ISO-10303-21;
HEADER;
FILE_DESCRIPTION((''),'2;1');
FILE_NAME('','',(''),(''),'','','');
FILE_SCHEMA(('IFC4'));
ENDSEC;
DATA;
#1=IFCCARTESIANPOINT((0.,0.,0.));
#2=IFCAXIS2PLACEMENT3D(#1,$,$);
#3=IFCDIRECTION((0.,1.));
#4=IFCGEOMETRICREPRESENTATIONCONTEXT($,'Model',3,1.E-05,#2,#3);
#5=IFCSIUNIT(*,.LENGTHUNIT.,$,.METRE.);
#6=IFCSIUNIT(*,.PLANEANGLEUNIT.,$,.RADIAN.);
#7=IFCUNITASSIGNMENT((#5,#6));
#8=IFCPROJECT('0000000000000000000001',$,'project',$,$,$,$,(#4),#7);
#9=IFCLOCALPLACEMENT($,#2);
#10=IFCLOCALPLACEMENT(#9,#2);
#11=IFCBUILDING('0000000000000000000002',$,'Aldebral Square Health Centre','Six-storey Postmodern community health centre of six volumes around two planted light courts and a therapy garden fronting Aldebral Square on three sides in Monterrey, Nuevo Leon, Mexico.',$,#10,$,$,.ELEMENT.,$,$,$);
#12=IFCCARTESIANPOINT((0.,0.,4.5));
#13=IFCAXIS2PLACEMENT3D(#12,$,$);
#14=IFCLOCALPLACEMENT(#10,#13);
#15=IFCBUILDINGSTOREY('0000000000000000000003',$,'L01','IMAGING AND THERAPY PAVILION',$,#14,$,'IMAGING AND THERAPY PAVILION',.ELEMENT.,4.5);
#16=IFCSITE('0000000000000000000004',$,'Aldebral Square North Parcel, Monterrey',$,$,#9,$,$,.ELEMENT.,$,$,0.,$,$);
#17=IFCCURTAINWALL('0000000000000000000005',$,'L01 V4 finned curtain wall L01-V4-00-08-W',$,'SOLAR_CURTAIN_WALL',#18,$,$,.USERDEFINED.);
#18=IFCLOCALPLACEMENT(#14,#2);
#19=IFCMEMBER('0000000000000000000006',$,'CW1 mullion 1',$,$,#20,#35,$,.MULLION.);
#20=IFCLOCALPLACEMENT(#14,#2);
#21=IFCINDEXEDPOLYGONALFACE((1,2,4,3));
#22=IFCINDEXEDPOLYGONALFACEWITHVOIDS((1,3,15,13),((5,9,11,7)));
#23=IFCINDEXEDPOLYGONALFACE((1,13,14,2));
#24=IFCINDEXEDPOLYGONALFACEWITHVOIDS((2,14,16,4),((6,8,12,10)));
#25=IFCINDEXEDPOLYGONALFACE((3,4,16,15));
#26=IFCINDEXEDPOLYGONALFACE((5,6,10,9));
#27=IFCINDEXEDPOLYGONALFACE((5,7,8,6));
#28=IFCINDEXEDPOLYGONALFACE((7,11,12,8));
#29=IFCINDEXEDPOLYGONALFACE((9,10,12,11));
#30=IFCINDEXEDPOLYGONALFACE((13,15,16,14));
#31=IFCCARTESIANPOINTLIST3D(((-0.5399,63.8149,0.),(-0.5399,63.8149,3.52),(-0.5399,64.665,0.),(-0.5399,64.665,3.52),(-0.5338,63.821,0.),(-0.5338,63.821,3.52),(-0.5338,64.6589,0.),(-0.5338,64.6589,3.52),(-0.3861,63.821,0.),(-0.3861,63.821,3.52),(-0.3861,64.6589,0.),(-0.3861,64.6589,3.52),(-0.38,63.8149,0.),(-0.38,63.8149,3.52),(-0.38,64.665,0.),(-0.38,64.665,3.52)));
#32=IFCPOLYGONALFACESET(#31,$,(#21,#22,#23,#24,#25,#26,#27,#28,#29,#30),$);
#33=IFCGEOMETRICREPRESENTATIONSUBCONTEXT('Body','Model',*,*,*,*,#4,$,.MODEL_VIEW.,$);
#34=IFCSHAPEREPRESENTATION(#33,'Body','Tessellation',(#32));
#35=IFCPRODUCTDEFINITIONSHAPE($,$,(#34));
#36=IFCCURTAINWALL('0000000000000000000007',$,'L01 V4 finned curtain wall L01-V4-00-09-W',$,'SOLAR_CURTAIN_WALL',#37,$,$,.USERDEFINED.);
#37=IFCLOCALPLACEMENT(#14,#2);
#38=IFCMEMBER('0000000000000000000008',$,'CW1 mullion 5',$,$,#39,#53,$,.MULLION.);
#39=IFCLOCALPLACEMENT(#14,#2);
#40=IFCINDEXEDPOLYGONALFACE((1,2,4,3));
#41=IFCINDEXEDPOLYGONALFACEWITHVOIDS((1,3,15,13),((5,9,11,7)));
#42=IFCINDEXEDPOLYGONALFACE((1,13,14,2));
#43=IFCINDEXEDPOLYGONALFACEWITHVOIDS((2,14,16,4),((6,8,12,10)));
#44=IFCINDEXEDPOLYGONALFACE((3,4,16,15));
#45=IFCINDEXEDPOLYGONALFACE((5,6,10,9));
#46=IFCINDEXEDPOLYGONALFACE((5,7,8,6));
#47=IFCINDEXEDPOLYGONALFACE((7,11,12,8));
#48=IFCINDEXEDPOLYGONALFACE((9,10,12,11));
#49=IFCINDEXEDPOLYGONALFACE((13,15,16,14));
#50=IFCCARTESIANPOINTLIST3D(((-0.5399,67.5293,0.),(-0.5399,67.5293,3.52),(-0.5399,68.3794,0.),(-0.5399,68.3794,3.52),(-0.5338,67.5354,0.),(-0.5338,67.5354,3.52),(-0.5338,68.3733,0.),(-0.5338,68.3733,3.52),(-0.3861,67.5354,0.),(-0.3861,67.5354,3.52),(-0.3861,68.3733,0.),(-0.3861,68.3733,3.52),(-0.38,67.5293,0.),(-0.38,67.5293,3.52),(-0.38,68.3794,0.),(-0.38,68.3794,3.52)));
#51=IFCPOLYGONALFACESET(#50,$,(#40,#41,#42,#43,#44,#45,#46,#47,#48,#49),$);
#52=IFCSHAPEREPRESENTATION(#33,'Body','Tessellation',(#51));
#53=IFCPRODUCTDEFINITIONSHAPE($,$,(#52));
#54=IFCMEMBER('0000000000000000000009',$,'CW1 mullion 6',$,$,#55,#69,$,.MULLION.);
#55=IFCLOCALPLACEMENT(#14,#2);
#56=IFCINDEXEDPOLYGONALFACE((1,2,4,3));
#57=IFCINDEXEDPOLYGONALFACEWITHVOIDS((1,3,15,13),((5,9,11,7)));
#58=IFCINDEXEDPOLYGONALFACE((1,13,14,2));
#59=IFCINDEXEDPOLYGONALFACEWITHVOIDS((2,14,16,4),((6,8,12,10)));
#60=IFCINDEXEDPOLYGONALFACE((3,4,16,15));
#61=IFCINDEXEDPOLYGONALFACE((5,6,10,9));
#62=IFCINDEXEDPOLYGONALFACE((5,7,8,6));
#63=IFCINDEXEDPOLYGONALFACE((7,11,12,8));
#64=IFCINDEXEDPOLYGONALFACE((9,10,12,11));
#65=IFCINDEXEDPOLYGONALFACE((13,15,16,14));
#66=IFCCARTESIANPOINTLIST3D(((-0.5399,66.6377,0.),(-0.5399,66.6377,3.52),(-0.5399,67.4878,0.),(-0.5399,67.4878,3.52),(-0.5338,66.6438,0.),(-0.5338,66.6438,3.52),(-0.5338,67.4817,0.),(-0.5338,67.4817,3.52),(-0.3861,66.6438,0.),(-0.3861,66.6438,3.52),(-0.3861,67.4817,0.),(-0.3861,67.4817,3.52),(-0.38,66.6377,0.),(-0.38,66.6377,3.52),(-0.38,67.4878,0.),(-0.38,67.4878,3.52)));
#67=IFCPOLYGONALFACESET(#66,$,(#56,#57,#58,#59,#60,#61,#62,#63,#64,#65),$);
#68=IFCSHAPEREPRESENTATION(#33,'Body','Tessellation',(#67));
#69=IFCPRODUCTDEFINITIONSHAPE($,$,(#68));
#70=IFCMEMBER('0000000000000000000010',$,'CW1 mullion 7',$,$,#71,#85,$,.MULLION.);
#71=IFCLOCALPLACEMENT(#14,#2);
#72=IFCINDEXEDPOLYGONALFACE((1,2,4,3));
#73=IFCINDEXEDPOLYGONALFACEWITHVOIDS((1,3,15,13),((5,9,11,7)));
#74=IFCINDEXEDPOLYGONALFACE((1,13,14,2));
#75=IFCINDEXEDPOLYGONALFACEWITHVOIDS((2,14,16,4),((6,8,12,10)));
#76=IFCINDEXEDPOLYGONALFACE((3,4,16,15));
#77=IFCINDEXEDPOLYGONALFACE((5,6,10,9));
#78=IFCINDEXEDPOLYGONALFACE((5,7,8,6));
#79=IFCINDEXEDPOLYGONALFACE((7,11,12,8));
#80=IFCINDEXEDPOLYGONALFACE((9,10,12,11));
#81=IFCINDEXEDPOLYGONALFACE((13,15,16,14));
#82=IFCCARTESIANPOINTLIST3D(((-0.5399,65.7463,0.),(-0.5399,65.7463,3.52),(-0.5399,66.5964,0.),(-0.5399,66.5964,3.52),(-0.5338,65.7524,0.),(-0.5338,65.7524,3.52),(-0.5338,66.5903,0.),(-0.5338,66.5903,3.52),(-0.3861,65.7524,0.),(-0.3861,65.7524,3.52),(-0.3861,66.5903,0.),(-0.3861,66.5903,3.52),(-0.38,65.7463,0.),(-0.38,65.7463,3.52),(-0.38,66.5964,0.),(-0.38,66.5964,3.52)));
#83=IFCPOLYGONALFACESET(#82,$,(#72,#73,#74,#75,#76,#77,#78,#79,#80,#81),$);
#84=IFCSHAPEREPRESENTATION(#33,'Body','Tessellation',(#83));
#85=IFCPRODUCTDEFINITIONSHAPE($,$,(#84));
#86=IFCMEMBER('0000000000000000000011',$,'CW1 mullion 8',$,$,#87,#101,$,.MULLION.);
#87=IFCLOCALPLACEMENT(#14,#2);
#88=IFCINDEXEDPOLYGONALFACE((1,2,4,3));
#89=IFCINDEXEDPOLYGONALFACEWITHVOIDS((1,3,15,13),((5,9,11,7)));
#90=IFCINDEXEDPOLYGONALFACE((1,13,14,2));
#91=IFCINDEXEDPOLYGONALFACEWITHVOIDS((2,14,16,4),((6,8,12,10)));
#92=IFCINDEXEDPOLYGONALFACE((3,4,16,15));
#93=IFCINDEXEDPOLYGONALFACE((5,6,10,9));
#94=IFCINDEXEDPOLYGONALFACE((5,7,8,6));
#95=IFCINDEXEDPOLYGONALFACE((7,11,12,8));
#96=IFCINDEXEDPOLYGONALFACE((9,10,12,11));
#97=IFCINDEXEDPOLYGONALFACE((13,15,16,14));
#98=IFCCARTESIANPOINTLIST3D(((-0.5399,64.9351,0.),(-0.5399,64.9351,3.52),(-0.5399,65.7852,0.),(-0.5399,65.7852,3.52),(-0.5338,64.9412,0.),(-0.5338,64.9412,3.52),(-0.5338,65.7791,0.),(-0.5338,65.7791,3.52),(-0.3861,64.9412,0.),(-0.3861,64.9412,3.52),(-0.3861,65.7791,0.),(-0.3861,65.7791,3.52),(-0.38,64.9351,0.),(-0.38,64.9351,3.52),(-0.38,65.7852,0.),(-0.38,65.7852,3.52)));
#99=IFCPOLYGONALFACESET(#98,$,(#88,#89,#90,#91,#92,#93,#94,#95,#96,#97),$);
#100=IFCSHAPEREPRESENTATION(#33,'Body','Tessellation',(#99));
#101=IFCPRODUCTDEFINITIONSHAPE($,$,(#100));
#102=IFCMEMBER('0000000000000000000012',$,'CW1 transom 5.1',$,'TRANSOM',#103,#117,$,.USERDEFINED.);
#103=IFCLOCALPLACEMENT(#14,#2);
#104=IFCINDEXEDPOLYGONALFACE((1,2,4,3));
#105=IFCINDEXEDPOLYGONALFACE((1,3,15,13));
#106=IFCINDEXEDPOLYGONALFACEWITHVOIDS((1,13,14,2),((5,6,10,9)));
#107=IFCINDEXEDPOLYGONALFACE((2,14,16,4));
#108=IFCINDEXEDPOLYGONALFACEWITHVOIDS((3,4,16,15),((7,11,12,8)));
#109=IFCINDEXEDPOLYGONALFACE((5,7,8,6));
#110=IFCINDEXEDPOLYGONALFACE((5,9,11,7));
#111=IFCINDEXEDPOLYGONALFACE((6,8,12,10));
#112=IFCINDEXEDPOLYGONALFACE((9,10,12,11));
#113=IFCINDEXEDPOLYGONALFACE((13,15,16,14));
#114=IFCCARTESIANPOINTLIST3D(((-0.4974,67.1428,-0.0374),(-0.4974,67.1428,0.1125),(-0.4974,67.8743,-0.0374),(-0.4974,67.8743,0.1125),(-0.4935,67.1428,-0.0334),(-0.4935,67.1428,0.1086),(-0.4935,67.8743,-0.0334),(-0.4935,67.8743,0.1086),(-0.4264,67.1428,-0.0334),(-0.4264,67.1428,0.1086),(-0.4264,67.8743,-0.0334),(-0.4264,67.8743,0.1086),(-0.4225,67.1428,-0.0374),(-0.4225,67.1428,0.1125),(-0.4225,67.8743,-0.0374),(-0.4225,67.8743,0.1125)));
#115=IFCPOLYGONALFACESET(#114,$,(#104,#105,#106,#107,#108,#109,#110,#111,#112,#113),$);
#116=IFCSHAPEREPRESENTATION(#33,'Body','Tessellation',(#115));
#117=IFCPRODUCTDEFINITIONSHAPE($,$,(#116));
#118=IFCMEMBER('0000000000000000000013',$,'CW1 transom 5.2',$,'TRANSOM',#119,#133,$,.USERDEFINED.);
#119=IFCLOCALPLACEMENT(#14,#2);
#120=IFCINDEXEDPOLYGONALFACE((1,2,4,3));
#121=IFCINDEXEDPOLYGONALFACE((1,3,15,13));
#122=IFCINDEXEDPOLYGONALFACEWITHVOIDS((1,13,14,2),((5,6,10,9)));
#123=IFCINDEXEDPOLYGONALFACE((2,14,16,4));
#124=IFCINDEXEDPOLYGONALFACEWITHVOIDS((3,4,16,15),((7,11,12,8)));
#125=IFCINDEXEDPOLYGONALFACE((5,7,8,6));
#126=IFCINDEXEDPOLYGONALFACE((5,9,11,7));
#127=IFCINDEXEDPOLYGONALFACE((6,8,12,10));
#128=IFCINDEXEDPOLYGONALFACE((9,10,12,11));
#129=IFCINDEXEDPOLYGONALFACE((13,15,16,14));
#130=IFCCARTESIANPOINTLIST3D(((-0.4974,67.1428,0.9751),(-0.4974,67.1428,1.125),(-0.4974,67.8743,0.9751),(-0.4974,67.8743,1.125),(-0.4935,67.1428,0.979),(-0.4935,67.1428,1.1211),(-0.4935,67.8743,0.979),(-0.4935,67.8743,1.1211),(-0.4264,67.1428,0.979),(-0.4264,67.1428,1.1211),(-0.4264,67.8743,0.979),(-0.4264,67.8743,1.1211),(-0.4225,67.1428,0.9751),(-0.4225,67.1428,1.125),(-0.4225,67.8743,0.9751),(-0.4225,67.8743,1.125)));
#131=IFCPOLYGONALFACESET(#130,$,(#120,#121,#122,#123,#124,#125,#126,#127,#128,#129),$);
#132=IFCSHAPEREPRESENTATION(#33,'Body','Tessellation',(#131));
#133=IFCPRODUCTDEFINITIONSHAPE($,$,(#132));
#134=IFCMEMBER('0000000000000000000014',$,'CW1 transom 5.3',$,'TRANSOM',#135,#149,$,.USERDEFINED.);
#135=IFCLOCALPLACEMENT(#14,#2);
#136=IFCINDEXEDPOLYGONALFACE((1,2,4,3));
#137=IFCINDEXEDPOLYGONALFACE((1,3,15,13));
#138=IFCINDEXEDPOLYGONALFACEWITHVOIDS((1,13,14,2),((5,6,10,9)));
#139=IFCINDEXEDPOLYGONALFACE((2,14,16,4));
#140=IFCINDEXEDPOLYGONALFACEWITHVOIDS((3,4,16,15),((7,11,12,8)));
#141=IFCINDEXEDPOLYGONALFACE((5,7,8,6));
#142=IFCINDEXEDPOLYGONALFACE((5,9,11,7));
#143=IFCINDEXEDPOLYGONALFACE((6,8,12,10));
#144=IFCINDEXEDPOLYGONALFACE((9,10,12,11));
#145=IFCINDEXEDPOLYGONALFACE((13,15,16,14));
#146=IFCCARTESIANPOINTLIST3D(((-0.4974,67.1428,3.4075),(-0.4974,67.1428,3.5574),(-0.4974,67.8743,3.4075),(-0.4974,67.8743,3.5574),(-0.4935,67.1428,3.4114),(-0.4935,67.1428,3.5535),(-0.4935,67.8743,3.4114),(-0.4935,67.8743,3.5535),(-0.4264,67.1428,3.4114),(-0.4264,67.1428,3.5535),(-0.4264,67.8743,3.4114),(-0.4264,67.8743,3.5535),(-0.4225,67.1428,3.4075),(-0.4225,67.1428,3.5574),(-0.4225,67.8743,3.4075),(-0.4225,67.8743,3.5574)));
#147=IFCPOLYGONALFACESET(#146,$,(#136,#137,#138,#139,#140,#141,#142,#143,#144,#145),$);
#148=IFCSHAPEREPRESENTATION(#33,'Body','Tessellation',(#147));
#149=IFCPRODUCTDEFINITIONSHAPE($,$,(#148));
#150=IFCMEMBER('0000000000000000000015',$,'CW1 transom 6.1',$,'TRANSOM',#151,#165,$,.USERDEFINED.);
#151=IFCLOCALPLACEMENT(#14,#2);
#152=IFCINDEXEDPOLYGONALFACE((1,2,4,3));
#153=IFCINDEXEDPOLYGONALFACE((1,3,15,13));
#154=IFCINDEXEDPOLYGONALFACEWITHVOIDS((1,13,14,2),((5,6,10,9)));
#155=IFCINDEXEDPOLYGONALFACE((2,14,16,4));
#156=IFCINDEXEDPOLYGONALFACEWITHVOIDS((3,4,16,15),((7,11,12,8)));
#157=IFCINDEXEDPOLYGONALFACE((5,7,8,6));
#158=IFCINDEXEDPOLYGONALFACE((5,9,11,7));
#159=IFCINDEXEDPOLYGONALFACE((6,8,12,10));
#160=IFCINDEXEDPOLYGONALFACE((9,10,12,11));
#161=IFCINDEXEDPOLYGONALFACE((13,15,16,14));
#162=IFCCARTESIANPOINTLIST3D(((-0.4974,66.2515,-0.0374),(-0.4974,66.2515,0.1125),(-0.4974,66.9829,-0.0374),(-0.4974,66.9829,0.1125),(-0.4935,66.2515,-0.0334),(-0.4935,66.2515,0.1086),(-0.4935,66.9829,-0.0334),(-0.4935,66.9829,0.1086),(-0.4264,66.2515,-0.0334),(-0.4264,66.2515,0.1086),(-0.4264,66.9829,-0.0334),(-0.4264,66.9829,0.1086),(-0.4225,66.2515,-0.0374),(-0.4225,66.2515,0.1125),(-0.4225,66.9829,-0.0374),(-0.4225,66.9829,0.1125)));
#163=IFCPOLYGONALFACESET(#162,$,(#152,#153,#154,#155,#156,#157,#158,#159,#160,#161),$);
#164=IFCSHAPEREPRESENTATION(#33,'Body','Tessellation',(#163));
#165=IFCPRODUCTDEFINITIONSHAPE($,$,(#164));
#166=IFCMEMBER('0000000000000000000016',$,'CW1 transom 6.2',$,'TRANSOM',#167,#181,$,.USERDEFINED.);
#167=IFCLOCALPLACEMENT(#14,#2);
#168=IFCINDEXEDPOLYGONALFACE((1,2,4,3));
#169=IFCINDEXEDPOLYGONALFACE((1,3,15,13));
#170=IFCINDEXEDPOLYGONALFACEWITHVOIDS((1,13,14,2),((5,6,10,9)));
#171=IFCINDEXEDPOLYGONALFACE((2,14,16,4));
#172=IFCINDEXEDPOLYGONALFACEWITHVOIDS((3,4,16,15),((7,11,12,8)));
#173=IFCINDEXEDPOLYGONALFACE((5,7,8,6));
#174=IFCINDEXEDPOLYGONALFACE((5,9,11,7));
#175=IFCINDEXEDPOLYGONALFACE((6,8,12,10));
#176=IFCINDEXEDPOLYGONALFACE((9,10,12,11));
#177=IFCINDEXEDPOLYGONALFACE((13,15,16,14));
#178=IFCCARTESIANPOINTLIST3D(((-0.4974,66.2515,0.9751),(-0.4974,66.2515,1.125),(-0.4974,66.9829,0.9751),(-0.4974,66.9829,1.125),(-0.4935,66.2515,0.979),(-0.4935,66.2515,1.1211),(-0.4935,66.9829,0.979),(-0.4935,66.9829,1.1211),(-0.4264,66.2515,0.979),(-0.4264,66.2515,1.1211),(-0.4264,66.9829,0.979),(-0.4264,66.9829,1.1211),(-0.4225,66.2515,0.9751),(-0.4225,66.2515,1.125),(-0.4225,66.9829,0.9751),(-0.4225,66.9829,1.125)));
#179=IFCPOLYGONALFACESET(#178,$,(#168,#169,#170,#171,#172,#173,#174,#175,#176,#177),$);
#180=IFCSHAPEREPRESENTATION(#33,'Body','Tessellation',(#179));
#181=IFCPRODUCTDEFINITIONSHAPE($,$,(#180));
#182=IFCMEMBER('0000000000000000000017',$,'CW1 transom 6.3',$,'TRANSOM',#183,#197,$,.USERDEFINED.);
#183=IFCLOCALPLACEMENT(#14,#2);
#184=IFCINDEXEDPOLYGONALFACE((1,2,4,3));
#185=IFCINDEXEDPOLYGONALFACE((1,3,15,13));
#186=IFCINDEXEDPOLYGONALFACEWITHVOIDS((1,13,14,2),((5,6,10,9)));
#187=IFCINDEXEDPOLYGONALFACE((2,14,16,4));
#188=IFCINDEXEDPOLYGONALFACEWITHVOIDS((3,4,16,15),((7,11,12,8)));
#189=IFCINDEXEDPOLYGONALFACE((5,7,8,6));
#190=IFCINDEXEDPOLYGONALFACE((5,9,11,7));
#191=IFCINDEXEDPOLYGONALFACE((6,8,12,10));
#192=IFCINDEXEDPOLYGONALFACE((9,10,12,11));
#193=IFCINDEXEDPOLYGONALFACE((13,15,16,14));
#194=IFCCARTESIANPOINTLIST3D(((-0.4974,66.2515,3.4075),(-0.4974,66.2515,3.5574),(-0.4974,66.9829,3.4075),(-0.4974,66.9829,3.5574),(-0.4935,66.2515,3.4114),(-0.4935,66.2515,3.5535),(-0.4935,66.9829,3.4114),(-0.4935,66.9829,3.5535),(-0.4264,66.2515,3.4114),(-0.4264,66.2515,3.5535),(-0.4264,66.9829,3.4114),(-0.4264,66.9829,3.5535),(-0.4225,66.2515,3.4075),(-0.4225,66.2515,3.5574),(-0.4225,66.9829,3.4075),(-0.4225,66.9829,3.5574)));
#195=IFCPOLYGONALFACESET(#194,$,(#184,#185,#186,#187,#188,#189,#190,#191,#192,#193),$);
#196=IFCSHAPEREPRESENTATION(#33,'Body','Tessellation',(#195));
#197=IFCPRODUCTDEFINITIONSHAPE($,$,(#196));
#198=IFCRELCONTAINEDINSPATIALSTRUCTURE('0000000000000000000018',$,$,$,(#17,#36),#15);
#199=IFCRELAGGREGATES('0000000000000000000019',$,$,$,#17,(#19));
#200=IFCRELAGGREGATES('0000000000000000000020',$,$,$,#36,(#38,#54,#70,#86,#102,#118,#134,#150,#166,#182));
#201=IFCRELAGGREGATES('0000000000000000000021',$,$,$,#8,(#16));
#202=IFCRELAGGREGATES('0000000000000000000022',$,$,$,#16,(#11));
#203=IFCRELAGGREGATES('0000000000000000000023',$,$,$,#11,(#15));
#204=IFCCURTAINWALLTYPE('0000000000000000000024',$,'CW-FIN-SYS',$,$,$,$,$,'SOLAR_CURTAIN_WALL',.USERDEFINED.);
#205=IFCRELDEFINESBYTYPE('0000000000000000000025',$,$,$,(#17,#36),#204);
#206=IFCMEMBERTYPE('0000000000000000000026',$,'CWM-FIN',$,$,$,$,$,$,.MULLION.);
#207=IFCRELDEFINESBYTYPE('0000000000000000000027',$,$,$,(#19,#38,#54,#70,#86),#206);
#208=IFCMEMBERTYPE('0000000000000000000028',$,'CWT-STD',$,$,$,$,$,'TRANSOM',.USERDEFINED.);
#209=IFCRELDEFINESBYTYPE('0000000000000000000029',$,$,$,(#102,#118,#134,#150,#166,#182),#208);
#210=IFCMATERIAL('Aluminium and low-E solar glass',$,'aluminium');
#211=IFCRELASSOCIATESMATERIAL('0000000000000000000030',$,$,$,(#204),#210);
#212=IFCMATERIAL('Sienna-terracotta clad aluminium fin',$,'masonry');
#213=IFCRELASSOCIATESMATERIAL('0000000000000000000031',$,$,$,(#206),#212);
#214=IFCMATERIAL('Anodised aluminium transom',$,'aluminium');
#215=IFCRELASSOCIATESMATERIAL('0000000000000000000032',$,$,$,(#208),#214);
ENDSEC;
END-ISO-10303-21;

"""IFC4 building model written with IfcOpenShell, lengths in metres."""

from ifc_helpers import new_model, si_unit, direction, frame, origin, origin_2d, place, context, subcontext, project, spatial, hollow_rectangle, extrude, material, material_profile, profile_set, type_object, element, aggregate, save


model = new_model("IFC4")

# Units and contexts
model_context = context("Model", 3, precision=1e-05, world=origin(), true_north=direction((0.0, 1.0)))
body_context = subcontext(model_context, "Body", "Model", "MODEL_VIEW")
ifc_project = project(units=[si_unit("LENGTHUNIT", "METRE"), si_unit("PLANEANGLEUNIT", "RADIAN")], contexts=[model_context])

# Site, building, storey
site_placement = place(None, origin())
site = spatial("IfcSite", under=ifc_project, at=site_placement, Name="Aldebral Square North Parcel, Monterrey", CompositionType="ELEMENT", RefElevation=0.0)
building_placement = place(site_placement, origin())
building = spatial("IfcBuilding", under=site, at=building_placement, Name="Aldebral Square Health Centre", Description="Six-storey Postmodern community health centre of six volumes around two planted light courts and a therapy garden fronting Aldebral Square on three sides in Monterrey, Nuevo Leon, Mexico.", CompositionType="ELEMENT")
storey_placement = place(building_placement, frame((0.0, 0.0, 4.5)))
storey = spatial("IfcBuildingStorey", under=building, at=storey_placement, Name="L01", Description="IMAGING AND THERAPY PAVILION", LongName="IMAGING AND THERAPY PAVILION", CompositionType="ELEMENT", Elevation=4.5)

# Curtain wall, member
ifc_material_1 = material(Name="Aluminium and low-E solar glass", Category="aluminium")
curtain_wall_type = type_object("IfcCurtainWallType", Name="CW-FIN-SYS", ElementType="SOLAR_CURTAIN_WALL", PredefinedType="USERDEFINED", material=ifc_material_1)
curtain_wall_1_placement = place(storey_placement, origin())
curtain_wall_1 = element("IfcCurtainWall", 1, at=curtain_wall_1_placement, inside=storey, type_object=curtain_wall_type, Name="L01 V4 finned curtain wall L01-V4-00-08-W", ObjectType="SOLAR_CURTAIN_WALL", PredefinedType="USERDEFINED")
ifc_material_2 = material(Name="Sienna-terracotta clad aluminium fin", Category="masonry")
ifc_material_profile_1 = material_profile(ifc_material_2, hollow_rectangle(XDim=0.1599, YDim=0.8501, WallThickness=0.0061, at=origin_2d()), Name="FIN 160x850x6")
ifc_profile_set_1 = profile_set([ifc_material_profile_1], Name="Sienna-terracotta clad aluminium fin")
member_type_1 = type_object("IfcMemberType", Name="CWM-FIN", PredefinedType="MULLION", material=ifc_profile_set_1)
member_1_placement = place(storey_placement, frame((-0.46, 64.24, 0.0), z_axis=(0.0, 0.0, 1.0), x_axis=(1.0, 0.0, 0.0)))
member_1 = element("IfcMember", 2, at=member_1_placement, type_object=member_type_1, Name="CW1 mullion 1", PredefinedType="MULLION", context=body_context, shape_type="SweptSolid", body=[
    extrude(hollow_rectangle(XDim=0.1599, YDim=0.8501, WallThickness=0.0061, at=origin_2d()), origin(), (0.0, 0.0, 1.0), 3.52),
])
aggregate(curtain_wall_1, [member_1])

# Curtain wall, members
curtain_wall_2_placement = place(storey_placement, origin())
curtain_wall_2 = element("IfcCurtainWall", 3, at=curtain_wall_2_placement, inside=storey, type_object=curtain_wall_type, Name="L01 V4 finned curtain wall L01-V4-00-09-W", ObjectType="SOLAR_CURTAIN_WALL", PredefinedType="USERDEFINED")
member_2_placement = place(storey_placement, frame((-0.46, 67.9543, 0.0), z_axis=(0.0, 0.0, 1.0), x_axis=(1.0, 0.0, 0.0)))
member_2 = element("IfcMember", 4, at=member_2_placement, type_object=member_type_1, Name="CW1 mullion 5", PredefinedType="MULLION", context=body_context, shape_type="SweptSolid", body=[
    extrude(hollow_rectangle(XDim=0.1599, YDim=0.8501, WallThickness=0.0061, at=origin_2d()), origin(), (0.0, 0.0, 1.0), 3.52),
])
member_3_placement = place(storey_placement, frame((-0.46, 67.0627, 0.0), z_axis=(0.0, 0.0, 1.0), x_axis=(1.0, 0.0, 0.0)))
member_3 = element("IfcMember", 5, at=member_3_placement, type_object=member_type_1, Name="CW1 mullion 6", PredefinedType="MULLION", context=body_context, shape_type="SweptSolid", body=[
    extrude(hollow_rectangle(XDim=0.1599, YDim=0.8501, WallThickness=0.0061, at=origin_2d()), origin(), (0.0, 0.0, 1.0), 3.52),
])
member_4_placement = place(storey_placement, frame((-0.46, 66.1714, 0.0), z_axis=(0.0, 0.0, 1.0), x_axis=(1.0, 0.0, 0.0)))
member_4 = element("IfcMember", 6, at=member_4_placement, type_object=member_type_1, Name="CW1 mullion 7", PredefinedType="MULLION", context=body_context, shape_type="SweptSolid", body=[
    extrude(hollow_rectangle(XDim=0.1599, YDim=0.8501, WallThickness=0.0061, at=origin_2d()), origin(), (0.0, 0.0, 1.0), 3.52),
])
member_5_placement = place(storey_placement, frame((-0.46, 65.3601, 0.0), z_axis=(0.0, 0.0, 1.0), x_axis=(1.0, 0.0, 0.0)))
member_5 = element("IfcMember", 7, at=member_5_placement, type_object=member_type_1, Name="CW1 mullion 8", PredefinedType="MULLION", context=body_context, shape_type="SweptSolid", body=[
    extrude(hollow_rectangle(XDim=0.1599, YDim=0.8501, WallThickness=0.0061, at=origin_2d()), origin(), (0.0, 0.0, 1.0), 3.52),
])
ifc_material_3 = material(Name="Anodised aluminium transom", Category="aluminium")
ifc_material_profile_2 = material_profile(ifc_material_3, hollow_rectangle(XDim=0.075, YDim=0.1499, WallThickness=0.0039, at=origin_2d()), Name="CWT 75x150x4")
ifc_profile_set_2 = profile_set([ifc_material_profile_2], Name="Anodised aluminium transom")
member_type_2 = type_object("IfcMemberType", Name="CWT-STD", ElementType="TRANSOM", PredefinedType="USERDEFINED", material=ifc_profile_set_2)
member_6_placement = place(storey_placement, frame((-0.46, 67.8743, 0.0376), z_axis=(0.0, -1.0, 0.0), x_axis=(1.0, 0.0, 0.0)))
member_6 = element("IfcMember", 8, at=member_6_placement, type_object=member_type_2, Name="CW1 transom 5.1", ObjectType="TRANSOM", PredefinedType="USERDEFINED", context=body_context, shape_type="SweptSolid", body=[
    extrude(hollow_rectangle(XDim=0.075, YDim=0.1499, WallThickness=0.0039, at=origin_2d()), origin(), (0.0, 0.0, 1.0), 0.7314),
])
member_7_placement = place(storey_placement, frame((-0.46, 67.8743, 1.05), z_axis=(0.0, -1.0, 0.0), x_axis=(1.0, 0.0, 0.0)))
member_7 = element("IfcMember", 9, at=member_7_placement, type_object=member_type_2, Name="CW1 transom 5.2", ObjectType="TRANSOM", PredefinedType="USERDEFINED", context=body_context, shape_type="SweptSolid", body=[
    extrude(hollow_rectangle(XDim=0.075, YDim=0.1499, WallThickness=0.0039, at=origin_2d()), origin(), (0.0, 0.0, 1.0), 0.7314),
])
member_8_placement = place(storey_placement, frame((-0.46, 67.8743, 3.4824), z_axis=(0.0, -1.0, 0.0), x_axis=(1.0, 0.0, 0.0)))
member_8 = element("IfcMember", 10, at=member_8_placement, type_object=member_type_2, Name="CW1 transom 5.3", ObjectType="TRANSOM", PredefinedType="USERDEFINED", context=body_context, shape_type="SweptSolid", body=[
    extrude(hollow_rectangle(XDim=0.075, YDim=0.1499, WallThickness=0.0039, at=origin_2d()), origin(), (0.0, 0.0, 1.0), 0.7314),
])
member_9_placement = place(storey_placement, frame((-0.46, 66.9829, 0.0376), z_axis=(0.0, -1.0, 0.0), x_axis=(1.0, 0.0, 0.0)))
member_9 = element("IfcMember", 11, at=member_9_placement, type_object=member_type_2, Name="CW1 transom 6.1", ObjectType="TRANSOM", PredefinedType="USERDEFINED", context=body_context, shape_type="SweptSolid", body=[
    extrude(hollow_rectangle(XDim=0.075, YDim=0.1499, WallThickness=0.0039, at=origin_2d()), origin(), (0.0, 0.0, 1.0), 0.7314),
])
member_10_placement = place(storey_placement, frame((-0.46, 66.9829, 1.05), z_axis=(0.0, -1.0, 0.0), x_axis=(1.0, 0.0, 0.0)))
member_10 = element("IfcMember", 12, at=member_10_placement, type_object=member_type_2, Name="CW1 transom 6.2", ObjectType="TRANSOM", PredefinedType="USERDEFINED", context=body_context, shape_type="SweptSolid", body=[
    extrude(hollow_rectangle(XDim=0.075, YDim=0.1499, WallThickness=0.0039, at=origin_2d()), origin(), (0.0, 0.0, 1.0), 0.7314),
])
member_11_placement = place(storey_placement, frame((-0.46, 66.9829, 3.4824), z_axis=(0.0, -1.0, 0.0), x_axis=(1.0, 0.0, 0.0)))
member_11 = element("IfcMember", 13, at=member_11_placement, type_object=member_type_2, Name="CW1 transom 6.3", ObjectType="TRANSOM", PredefinedType="USERDEFINED", context=body_context, shape_type="SweptSolid", body=[
    extrude(hollow_rectangle(XDim=0.075, YDim=0.1499, WallThickness=0.0039, at=origin_2d()), origin(), (0.0, 0.0, 1.0), 0.7314),
])
aggregate(curtain_wall_2, [member_2, member_3, member_4, member_5, member_6, member_7, member_8, member_9, member_10, member_11])

save(model, "model.ifc")
